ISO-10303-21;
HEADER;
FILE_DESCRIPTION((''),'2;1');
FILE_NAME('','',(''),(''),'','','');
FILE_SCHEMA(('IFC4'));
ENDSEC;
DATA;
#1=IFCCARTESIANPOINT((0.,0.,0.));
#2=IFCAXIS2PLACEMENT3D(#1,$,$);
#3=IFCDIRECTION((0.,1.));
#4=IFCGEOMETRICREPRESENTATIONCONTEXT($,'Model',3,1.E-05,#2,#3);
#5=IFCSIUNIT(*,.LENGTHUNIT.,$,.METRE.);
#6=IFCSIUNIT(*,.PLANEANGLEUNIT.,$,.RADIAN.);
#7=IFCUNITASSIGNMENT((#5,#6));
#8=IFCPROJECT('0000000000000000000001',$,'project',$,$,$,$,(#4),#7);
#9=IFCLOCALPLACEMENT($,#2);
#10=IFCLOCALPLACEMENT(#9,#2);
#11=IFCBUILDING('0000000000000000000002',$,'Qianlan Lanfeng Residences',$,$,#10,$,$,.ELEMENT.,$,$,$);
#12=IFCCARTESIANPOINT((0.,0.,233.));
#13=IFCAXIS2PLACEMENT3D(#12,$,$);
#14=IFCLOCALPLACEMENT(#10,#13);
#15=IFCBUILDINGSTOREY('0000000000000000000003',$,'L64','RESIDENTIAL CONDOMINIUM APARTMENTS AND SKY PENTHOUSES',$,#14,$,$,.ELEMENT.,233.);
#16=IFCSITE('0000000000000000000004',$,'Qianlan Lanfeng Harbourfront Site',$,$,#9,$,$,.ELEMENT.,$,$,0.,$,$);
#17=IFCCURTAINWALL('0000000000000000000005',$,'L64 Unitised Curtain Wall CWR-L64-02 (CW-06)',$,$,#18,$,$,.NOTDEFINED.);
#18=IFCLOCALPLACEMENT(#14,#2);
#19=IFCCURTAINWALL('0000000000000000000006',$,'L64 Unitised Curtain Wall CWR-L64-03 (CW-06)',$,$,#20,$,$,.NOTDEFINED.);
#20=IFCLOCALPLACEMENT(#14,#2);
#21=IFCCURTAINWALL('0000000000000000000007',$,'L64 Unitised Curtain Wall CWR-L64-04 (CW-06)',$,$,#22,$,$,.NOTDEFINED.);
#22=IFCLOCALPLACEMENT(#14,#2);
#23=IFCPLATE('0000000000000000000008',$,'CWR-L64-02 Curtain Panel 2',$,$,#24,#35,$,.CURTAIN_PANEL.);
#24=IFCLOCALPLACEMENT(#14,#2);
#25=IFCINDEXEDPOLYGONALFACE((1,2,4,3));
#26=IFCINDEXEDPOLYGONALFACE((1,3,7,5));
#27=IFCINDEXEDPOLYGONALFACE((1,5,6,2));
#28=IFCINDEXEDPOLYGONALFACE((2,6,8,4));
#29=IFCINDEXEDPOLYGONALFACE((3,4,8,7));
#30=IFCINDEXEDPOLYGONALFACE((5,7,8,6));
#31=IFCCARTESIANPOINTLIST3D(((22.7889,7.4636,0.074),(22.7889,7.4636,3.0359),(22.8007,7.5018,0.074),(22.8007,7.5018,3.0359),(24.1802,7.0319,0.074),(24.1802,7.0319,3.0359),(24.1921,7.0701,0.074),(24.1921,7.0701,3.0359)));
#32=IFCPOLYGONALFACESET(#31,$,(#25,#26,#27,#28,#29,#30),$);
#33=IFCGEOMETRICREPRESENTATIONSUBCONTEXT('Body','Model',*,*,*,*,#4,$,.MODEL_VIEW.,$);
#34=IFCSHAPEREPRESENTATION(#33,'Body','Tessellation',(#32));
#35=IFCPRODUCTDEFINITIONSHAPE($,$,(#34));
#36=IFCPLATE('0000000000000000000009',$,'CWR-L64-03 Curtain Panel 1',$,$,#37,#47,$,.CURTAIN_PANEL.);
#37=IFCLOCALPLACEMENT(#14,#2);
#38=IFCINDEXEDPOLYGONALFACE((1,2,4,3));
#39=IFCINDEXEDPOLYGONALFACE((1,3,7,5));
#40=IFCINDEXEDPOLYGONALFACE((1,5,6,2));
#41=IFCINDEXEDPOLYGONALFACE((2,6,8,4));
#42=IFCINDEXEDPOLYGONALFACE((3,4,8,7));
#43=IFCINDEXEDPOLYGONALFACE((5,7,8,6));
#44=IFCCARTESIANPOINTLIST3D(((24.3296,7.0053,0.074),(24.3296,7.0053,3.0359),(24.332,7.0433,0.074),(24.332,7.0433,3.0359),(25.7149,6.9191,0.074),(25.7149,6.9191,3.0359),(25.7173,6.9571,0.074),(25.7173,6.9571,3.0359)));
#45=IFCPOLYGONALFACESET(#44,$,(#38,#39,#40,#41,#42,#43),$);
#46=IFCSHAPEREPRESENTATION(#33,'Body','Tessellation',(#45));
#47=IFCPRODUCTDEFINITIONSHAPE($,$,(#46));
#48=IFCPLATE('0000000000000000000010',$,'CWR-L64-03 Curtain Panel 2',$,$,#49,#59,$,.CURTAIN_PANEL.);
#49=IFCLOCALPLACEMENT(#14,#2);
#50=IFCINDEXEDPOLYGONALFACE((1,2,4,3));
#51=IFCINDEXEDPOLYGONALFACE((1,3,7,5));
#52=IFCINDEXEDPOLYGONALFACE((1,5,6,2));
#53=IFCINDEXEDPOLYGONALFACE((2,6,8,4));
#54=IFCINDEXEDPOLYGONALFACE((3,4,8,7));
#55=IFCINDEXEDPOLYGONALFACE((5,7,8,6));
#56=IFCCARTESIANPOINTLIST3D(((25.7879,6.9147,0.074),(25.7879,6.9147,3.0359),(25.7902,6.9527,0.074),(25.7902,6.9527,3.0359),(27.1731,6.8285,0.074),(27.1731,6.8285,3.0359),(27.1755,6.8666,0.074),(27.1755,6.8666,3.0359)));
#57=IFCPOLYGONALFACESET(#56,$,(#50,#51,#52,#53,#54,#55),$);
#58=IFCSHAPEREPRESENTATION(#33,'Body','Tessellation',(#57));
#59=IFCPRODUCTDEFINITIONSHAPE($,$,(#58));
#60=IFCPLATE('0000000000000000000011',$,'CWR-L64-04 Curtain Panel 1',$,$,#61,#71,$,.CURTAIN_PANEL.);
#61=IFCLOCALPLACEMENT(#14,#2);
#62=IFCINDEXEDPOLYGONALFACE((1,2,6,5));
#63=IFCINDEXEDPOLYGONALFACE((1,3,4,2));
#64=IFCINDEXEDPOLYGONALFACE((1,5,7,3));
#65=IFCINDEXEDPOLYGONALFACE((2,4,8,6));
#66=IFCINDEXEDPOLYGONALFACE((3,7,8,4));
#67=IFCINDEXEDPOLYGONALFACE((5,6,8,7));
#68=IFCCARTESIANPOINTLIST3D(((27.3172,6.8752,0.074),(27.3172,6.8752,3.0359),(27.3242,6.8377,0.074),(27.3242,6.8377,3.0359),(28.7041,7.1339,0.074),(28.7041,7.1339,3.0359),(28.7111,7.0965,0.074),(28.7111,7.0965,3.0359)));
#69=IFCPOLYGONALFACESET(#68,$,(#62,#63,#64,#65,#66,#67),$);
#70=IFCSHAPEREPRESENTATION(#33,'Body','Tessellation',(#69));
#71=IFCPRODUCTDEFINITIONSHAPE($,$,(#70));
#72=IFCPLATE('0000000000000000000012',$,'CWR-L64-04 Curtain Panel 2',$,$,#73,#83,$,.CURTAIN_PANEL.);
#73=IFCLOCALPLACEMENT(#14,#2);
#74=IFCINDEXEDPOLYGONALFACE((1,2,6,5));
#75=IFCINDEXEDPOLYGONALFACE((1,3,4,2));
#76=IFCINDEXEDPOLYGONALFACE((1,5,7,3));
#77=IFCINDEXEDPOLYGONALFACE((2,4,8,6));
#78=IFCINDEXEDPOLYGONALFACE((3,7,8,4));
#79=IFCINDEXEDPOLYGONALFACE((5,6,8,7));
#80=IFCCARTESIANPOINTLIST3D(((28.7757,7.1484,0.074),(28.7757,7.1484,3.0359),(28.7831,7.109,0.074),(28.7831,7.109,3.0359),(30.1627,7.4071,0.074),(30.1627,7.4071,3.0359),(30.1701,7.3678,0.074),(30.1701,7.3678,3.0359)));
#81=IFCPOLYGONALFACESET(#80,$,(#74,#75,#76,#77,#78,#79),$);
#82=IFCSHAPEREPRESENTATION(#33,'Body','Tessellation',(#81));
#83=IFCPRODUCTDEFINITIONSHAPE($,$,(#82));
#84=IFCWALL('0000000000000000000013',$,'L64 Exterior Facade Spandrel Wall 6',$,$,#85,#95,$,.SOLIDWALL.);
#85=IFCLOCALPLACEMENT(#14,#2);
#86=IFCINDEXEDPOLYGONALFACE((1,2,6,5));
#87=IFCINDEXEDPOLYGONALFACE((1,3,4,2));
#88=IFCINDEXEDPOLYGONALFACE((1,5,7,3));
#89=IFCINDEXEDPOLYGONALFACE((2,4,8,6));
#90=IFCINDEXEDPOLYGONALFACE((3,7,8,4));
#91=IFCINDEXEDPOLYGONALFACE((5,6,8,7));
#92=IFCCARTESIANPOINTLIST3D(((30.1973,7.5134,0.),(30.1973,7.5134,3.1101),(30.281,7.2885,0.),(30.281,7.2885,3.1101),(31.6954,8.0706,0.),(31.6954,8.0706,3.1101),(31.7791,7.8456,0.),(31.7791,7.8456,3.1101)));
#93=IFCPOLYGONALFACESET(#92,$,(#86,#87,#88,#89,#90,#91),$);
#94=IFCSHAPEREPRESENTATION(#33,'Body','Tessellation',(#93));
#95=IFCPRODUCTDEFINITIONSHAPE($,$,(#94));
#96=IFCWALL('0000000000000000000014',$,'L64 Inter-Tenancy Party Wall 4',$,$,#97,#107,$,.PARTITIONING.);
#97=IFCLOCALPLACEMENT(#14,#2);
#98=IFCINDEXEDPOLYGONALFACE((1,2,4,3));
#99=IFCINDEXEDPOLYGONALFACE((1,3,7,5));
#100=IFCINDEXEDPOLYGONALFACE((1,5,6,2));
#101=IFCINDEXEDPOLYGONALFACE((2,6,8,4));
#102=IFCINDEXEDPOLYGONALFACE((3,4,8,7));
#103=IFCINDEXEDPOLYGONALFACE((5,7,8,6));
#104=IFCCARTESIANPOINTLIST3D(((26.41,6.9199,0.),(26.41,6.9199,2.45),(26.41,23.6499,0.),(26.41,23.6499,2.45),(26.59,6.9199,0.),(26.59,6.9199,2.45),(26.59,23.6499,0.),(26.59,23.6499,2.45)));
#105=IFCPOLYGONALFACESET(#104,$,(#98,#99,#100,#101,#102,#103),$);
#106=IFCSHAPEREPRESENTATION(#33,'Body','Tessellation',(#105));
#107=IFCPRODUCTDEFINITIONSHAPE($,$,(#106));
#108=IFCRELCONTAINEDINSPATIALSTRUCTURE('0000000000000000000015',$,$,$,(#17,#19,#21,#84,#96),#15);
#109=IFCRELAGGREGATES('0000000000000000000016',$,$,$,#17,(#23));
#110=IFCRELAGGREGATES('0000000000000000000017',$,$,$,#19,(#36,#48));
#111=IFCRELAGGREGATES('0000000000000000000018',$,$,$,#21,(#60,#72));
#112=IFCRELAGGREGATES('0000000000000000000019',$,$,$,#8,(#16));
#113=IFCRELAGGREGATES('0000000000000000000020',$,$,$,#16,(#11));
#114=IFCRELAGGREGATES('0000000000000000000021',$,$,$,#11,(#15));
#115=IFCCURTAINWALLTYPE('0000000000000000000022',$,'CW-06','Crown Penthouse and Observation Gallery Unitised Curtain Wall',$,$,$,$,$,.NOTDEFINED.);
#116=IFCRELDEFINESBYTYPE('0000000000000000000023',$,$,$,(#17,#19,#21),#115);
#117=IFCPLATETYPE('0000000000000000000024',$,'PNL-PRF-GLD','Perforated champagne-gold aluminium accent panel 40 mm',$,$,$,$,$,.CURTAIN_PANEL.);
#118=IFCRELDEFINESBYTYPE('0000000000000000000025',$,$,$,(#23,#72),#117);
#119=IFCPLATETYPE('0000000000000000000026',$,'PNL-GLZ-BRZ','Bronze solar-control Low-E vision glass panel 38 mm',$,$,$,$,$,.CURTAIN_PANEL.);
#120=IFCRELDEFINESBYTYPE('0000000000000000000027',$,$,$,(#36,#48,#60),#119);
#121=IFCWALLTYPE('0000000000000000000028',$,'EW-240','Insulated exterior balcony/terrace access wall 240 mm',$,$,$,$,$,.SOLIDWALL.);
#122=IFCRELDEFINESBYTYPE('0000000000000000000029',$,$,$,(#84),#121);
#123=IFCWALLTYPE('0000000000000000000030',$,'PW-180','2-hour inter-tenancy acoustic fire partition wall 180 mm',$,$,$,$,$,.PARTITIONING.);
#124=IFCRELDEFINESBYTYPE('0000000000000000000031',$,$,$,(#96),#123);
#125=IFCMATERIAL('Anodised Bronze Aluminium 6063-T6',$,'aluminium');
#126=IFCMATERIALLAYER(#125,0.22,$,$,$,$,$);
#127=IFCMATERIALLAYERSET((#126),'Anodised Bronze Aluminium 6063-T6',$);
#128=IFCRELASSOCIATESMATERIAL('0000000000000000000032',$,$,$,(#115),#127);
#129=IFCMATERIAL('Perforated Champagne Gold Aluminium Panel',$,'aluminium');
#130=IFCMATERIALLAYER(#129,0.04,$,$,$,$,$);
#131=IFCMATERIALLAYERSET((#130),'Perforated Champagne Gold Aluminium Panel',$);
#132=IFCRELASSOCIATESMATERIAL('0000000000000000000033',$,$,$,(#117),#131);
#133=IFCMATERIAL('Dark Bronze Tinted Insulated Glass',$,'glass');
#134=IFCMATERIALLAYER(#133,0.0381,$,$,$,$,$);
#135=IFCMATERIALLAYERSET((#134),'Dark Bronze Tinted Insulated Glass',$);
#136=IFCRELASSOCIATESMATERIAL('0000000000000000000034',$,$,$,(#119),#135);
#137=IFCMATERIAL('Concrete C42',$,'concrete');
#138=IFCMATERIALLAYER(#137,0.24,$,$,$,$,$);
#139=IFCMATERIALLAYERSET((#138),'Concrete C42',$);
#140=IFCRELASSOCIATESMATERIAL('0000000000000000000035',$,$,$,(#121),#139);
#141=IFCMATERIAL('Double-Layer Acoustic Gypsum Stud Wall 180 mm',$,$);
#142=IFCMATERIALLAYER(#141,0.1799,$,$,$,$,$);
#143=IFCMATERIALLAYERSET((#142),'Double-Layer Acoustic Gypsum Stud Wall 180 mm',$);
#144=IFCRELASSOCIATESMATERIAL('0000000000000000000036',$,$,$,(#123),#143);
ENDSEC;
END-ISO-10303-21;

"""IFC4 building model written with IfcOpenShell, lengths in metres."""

from ifc_helpers import new_model, si_unit, direction, frame, frame_2d, origin, origin_2d, place, context, subcontext, project, spatial, rectangle, extrude, source, transform, mapped, material, layer, layer_set, type_object, element, aggregate, save


model = new_model("IFC4")

# Units and contexts
model_context = context("Model", 3, precision=1e-05, world=origin(), true_north=direction((0.0, 1.0)))
body_context = subcontext(model_context, "Body", "Model", "MODEL_VIEW")
ifc_project = project(units=[si_unit("LENGTHUNIT", "METRE"), si_unit("PLANEANGLEUNIT", "RADIAN")], contexts=[model_context])

# Site, building, storey
site_placement = place(None, origin())
site = spatial("IfcSite", under=ifc_project, at=site_placement, Name="Qianlan Lanfeng Harbourfront Site", CompositionType="ELEMENT", RefElevation=0.0)
building_placement = place(site_placement, origin())
building = spatial("IfcBuilding", under=site, at=building_placement, Name="Qianlan Lanfeng Residences", CompositionType="ELEMENT")
storey_placement = place(building_placement, frame((0.0, 0.0, 233.0)))
storey = spatial("IfcBuildingStorey", under=building, at=storey_placement, Name="L64", Description="RESIDENTIAL CONDOMINIUM APARTMENTS AND SKY PENTHOUSES", CompositionType="ELEMENT", Elevation=233.0)

# Curtain wall
ifc_material_1 = material(Name="Anodised Bronze Aluminium 6063-T6", Category="aluminium")
ifc_layer_1 = layer(ifc_material_1, 0.22)
ifc_layer_set_1 = layer_set([ifc_layer_1], Name="Anodised Bronze Aluminium 6063-T6")
curtain_wall_type = type_object("IfcCurtainWallType", Name="CW-06", Description="Crown Penthouse and Observation Gallery Unitised Curtain Wall", PredefinedType="NOTDEFINED", material=ifc_layer_set_1)
curtain_wall_1_placement = place(storey_placement, origin())
curtain_wall_1 = element("IfcCurtainWall", 1, at=curtain_wall_1_placement, inside=storey, type_object=curtain_wall_type, Name="L64 Unitised Curtain Wall CWR-L64-02 (CW-06)", PredefinedType="NOTDEFINED")

# Curtain walls
curtain_wall_2_placement = place(storey_placement, origin())
curtain_wall_2 = element("IfcCurtainWall", 2, at=curtain_wall_2_placement, inside=storey, type_object=curtain_wall_type, Name="L64 Unitised Curtain Wall CWR-L64-03 (CW-06)", PredefinedType="NOTDEFINED")
curtain_wall_3_placement = place(storey_placement, origin())
curtain_wall_3 = element("IfcCurtainWall", 3, at=curtain_wall_3_placement, inside=storey, type_object=curtain_wall_type, Name="L64 Unitised Curtain Wall CWR-L64-04 (CW-06)", PredefinedType="NOTDEFINED")

# Plates
ifc_material_2 = material(Name="Perforated Champagne Gold Aluminium Panel", Category="aluminium")
ifc_layer_2 = layer(ifc_material_2, 0.04)
ifc_layer_set_2 = layer_set([ifc_layer_2], Name="Perforated Champagne Gold Aluminium Panel")
plate_type_1 = type_object("IfcPlateType", Name="PNL-PRF-GLD", Description="Perforated champagne-gold aluminium accent panel 40 mm", PredefinedType="CURTAIN_PANEL", material=ifc_layer_set_2)
shared_shape_1 = source(origin(), body_context, "Body", "SweptSolid", [
    extrude(rectangle(XDim=1.4568, YDim=0.04, at=origin_2d()), origin(), (0.0, 0.0, 1.0), 2.9619),
])
plate_1_placement = place(storey_placement, frame((23.4905, 7.2668, 0.074), z_axis=(0.0, 0.0, 1.0), x_axis=(0.95508, -0.296348, 0.0)))
plate_1 = element("IfcPlate", 4, at=plate_1_placement, type_object=plate_type_1, Name="CWR-L64-02 Curtain Panel 2", PredefinedType="CURTAIN_PANEL", context=body_context, shape_type="MappedRepresentation", body=[
    mapped(shared_shape_1, transform((0.0, 0.0, 0.0), scale=1.0)),
])
aggregate(curtain_wall_1, [plate_1])
ifc_material_3 = material(Name="Dark Bronze Tinted Insulated Glass", Category="glass")
ifc_layer_3 = layer(ifc_material_3, 0.0381)
ifc_layer_set_3 = layer_set([ifc_layer_3], Name="Dark Bronze Tinted Insulated Glass")
plate_type_2 = type_object("IfcPlateType", Name="PNL-GLZ-BRZ", Description="Bronze solar-control Low-E vision glass panel 38 mm", PredefinedType="CURTAIN_PANEL", material=ifc_layer_set_3)
shared_shape_2 = source(origin(), body_context, "Body", "SweptSolid", [
    extrude(rectangle(XDim=1.3879, YDim=0.0381, at=origin_2d()), origin(), (0.0, 0.0, 1.0), 2.9619),
])
plate_2_placement = place(storey_placement, frame((25.0234, 6.9812, 0.074), z_axis=(0.0, 0.0, 1.0), x_axis=(0.998072, -0.062066, 0.0)))
plate_2 = element("IfcPlate", 5, at=plate_2_placement, type_object=plate_type_2, Name="CWR-L64-03 Curtain Panel 1", PredefinedType="CURTAIN_PANEL", context=body_context, shape_type="MappedRepresentation", body=[
    mapped(shared_shape_2, transform((0.0, 0.0, 0.0), scale=1.0)),
])
plate_3_placement = place(storey_placement, frame((26.4817, 6.8906, 0.074), z_axis=(0.0, 0.0, 1.0), x_axis=(0.998072, -0.062066, 0.0)))
plate_3 = element("IfcPlate", 6, at=plate_3_placement, type_object=plate_type_2, Name="CWR-L64-03 Curtain Panel 2", PredefinedType="CURTAIN_PANEL", context=body_context, shape_type="MappedRepresentation", body=[
    mapped(shared_shape_2, transform((0.0, 0.0, 0.0), scale=1.0)),
])
aggregate(curtain_wall_2, [plate_2, plate_3])
shared_shape_3 = source(origin(), body_context, "Body", "SweptSolid", [
    extrude(rectangle(XDim=1.4109, YDim=0.0381, at=origin_2d()), origin(), (0.0, 0.0, 1.0), 2.9619),
])
plate_4_placement = place(storey_placement, frame((28.0142, 6.9858, 0.074), z_axis=(0.0, 0.0, 1.0), x_axis=(0.983039, 0.183395, 0.0)))
plate_4 = element("IfcPlate", 7, at=plate_4_placement, type_object=plate_type_2, Name="CWR-L64-04 Curtain Panel 1", PredefinedType="CURTAIN_PANEL", context=body_context, shape_type="MappedRepresentation", body=[
    mapped(shared_shape_3, transform((0.0, 0.0, 0.0), scale=1.0)),
])
shared_shape_4 = source(origin(), body_context, "Body", "SweptSolid", [
    extrude(rectangle(XDim=1.4109, YDim=0.04, at=origin_2d()), origin(), (0.0, 0.0, 1.0), 2.9619),
])
plate_5_placement = place(storey_placement, frame((29.4729, 7.2581, 0.074), z_axis=(0.0, 0.0, 1.0), x_axis=(0.983039, 0.183395, 0.0)))
plate_5 = element("IfcPlate", 8, at=plate_5_placement, type_object=plate_type_1, Name="CWR-L64-04 Curtain Panel 2", PredefinedType="CURTAIN_PANEL", context=body_context, shape_type="MappedRepresentation", body=[
    mapped(shared_shape_4, transform((0.0, 0.0, 0.0), scale=1.0)),
])
aggregate(curtain_wall_3, [plate_4, plate_5])

# Walls
ifc_material_4 = material(Name="Concrete C42", Category="concrete")
ifc_layer_4 = layer(ifc_material_4, 0.24)
ifc_layer_set_4 = layer_set([ifc_layer_4], Name="Concrete C42")
wall_type_1 = type_object("IfcWallType", Name="EW-240", Description="Insulated exterior balcony/terrace access wall 240 mm", PredefinedType="SOLIDWALL", material=ifc_layer_set_4)
wall_1_placement = place(storey_placement, frame((30.239, 7.4009, 0.0), z_axis=(0.0, 0.0, 1.0), x_axis=(0.93728, 0.348578, 0.0)))
element("IfcWall", 9, at=wall_1_placement, inside=storey, type_object=wall_type_1, Name="L64 Exterior Facade Spandrel Wall 6", PredefinedType="SOLIDWALL", context=body_context, shape_type="SweptSolid", body=[
    extrude(rectangle(XDim=1.5984, YDim=0.24, at=frame_2d((0.7993, 0.0))), origin(), (0.0, 0.0, 1.0), 3.1101),
])
ifc_material_5 = material(Name="Double-Layer Acoustic Gypsum Stud Wall 180 mm")
ifc_layer_5 = layer(ifc_material_5, 0.1799)
ifc_layer_set_5 = layer_set([ifc_layer_5], Name="Double-Layer Acoustic Gypsum Stud Wall 180 mm")
wall_type_2 = type_object("IfcWallType", Name="PW-180", Description="2-hour inter-tenancy acoustic fire partition wall 180 mm", PredefinedType="PARTITIONING", material=ifc_layer_set_5)
wall_2_placement = place(storey_placement, frame((26.5, 6.9199, 0.0), z_axis=(0.0, 0.0, 1.0), x_axis=(0.0, 1.0, 0.0)))
element("IfcWall", 10, at=wall_2_placement, inside=storey, type_object=wall_type_2, Name="L64 Inter-Tenancy Party Wall 4", PredefinedType="PARTITIONING", context=body_context, shape_type="SweptSolid", body=[
    extrude(rectangle(XDim=16.73, YDim=0.1799, at=frame_2d((8.365, 0.0))), origin(), (0.0, 0.0, 1.0), 2.45),
])

save(model, "model.ifc")
